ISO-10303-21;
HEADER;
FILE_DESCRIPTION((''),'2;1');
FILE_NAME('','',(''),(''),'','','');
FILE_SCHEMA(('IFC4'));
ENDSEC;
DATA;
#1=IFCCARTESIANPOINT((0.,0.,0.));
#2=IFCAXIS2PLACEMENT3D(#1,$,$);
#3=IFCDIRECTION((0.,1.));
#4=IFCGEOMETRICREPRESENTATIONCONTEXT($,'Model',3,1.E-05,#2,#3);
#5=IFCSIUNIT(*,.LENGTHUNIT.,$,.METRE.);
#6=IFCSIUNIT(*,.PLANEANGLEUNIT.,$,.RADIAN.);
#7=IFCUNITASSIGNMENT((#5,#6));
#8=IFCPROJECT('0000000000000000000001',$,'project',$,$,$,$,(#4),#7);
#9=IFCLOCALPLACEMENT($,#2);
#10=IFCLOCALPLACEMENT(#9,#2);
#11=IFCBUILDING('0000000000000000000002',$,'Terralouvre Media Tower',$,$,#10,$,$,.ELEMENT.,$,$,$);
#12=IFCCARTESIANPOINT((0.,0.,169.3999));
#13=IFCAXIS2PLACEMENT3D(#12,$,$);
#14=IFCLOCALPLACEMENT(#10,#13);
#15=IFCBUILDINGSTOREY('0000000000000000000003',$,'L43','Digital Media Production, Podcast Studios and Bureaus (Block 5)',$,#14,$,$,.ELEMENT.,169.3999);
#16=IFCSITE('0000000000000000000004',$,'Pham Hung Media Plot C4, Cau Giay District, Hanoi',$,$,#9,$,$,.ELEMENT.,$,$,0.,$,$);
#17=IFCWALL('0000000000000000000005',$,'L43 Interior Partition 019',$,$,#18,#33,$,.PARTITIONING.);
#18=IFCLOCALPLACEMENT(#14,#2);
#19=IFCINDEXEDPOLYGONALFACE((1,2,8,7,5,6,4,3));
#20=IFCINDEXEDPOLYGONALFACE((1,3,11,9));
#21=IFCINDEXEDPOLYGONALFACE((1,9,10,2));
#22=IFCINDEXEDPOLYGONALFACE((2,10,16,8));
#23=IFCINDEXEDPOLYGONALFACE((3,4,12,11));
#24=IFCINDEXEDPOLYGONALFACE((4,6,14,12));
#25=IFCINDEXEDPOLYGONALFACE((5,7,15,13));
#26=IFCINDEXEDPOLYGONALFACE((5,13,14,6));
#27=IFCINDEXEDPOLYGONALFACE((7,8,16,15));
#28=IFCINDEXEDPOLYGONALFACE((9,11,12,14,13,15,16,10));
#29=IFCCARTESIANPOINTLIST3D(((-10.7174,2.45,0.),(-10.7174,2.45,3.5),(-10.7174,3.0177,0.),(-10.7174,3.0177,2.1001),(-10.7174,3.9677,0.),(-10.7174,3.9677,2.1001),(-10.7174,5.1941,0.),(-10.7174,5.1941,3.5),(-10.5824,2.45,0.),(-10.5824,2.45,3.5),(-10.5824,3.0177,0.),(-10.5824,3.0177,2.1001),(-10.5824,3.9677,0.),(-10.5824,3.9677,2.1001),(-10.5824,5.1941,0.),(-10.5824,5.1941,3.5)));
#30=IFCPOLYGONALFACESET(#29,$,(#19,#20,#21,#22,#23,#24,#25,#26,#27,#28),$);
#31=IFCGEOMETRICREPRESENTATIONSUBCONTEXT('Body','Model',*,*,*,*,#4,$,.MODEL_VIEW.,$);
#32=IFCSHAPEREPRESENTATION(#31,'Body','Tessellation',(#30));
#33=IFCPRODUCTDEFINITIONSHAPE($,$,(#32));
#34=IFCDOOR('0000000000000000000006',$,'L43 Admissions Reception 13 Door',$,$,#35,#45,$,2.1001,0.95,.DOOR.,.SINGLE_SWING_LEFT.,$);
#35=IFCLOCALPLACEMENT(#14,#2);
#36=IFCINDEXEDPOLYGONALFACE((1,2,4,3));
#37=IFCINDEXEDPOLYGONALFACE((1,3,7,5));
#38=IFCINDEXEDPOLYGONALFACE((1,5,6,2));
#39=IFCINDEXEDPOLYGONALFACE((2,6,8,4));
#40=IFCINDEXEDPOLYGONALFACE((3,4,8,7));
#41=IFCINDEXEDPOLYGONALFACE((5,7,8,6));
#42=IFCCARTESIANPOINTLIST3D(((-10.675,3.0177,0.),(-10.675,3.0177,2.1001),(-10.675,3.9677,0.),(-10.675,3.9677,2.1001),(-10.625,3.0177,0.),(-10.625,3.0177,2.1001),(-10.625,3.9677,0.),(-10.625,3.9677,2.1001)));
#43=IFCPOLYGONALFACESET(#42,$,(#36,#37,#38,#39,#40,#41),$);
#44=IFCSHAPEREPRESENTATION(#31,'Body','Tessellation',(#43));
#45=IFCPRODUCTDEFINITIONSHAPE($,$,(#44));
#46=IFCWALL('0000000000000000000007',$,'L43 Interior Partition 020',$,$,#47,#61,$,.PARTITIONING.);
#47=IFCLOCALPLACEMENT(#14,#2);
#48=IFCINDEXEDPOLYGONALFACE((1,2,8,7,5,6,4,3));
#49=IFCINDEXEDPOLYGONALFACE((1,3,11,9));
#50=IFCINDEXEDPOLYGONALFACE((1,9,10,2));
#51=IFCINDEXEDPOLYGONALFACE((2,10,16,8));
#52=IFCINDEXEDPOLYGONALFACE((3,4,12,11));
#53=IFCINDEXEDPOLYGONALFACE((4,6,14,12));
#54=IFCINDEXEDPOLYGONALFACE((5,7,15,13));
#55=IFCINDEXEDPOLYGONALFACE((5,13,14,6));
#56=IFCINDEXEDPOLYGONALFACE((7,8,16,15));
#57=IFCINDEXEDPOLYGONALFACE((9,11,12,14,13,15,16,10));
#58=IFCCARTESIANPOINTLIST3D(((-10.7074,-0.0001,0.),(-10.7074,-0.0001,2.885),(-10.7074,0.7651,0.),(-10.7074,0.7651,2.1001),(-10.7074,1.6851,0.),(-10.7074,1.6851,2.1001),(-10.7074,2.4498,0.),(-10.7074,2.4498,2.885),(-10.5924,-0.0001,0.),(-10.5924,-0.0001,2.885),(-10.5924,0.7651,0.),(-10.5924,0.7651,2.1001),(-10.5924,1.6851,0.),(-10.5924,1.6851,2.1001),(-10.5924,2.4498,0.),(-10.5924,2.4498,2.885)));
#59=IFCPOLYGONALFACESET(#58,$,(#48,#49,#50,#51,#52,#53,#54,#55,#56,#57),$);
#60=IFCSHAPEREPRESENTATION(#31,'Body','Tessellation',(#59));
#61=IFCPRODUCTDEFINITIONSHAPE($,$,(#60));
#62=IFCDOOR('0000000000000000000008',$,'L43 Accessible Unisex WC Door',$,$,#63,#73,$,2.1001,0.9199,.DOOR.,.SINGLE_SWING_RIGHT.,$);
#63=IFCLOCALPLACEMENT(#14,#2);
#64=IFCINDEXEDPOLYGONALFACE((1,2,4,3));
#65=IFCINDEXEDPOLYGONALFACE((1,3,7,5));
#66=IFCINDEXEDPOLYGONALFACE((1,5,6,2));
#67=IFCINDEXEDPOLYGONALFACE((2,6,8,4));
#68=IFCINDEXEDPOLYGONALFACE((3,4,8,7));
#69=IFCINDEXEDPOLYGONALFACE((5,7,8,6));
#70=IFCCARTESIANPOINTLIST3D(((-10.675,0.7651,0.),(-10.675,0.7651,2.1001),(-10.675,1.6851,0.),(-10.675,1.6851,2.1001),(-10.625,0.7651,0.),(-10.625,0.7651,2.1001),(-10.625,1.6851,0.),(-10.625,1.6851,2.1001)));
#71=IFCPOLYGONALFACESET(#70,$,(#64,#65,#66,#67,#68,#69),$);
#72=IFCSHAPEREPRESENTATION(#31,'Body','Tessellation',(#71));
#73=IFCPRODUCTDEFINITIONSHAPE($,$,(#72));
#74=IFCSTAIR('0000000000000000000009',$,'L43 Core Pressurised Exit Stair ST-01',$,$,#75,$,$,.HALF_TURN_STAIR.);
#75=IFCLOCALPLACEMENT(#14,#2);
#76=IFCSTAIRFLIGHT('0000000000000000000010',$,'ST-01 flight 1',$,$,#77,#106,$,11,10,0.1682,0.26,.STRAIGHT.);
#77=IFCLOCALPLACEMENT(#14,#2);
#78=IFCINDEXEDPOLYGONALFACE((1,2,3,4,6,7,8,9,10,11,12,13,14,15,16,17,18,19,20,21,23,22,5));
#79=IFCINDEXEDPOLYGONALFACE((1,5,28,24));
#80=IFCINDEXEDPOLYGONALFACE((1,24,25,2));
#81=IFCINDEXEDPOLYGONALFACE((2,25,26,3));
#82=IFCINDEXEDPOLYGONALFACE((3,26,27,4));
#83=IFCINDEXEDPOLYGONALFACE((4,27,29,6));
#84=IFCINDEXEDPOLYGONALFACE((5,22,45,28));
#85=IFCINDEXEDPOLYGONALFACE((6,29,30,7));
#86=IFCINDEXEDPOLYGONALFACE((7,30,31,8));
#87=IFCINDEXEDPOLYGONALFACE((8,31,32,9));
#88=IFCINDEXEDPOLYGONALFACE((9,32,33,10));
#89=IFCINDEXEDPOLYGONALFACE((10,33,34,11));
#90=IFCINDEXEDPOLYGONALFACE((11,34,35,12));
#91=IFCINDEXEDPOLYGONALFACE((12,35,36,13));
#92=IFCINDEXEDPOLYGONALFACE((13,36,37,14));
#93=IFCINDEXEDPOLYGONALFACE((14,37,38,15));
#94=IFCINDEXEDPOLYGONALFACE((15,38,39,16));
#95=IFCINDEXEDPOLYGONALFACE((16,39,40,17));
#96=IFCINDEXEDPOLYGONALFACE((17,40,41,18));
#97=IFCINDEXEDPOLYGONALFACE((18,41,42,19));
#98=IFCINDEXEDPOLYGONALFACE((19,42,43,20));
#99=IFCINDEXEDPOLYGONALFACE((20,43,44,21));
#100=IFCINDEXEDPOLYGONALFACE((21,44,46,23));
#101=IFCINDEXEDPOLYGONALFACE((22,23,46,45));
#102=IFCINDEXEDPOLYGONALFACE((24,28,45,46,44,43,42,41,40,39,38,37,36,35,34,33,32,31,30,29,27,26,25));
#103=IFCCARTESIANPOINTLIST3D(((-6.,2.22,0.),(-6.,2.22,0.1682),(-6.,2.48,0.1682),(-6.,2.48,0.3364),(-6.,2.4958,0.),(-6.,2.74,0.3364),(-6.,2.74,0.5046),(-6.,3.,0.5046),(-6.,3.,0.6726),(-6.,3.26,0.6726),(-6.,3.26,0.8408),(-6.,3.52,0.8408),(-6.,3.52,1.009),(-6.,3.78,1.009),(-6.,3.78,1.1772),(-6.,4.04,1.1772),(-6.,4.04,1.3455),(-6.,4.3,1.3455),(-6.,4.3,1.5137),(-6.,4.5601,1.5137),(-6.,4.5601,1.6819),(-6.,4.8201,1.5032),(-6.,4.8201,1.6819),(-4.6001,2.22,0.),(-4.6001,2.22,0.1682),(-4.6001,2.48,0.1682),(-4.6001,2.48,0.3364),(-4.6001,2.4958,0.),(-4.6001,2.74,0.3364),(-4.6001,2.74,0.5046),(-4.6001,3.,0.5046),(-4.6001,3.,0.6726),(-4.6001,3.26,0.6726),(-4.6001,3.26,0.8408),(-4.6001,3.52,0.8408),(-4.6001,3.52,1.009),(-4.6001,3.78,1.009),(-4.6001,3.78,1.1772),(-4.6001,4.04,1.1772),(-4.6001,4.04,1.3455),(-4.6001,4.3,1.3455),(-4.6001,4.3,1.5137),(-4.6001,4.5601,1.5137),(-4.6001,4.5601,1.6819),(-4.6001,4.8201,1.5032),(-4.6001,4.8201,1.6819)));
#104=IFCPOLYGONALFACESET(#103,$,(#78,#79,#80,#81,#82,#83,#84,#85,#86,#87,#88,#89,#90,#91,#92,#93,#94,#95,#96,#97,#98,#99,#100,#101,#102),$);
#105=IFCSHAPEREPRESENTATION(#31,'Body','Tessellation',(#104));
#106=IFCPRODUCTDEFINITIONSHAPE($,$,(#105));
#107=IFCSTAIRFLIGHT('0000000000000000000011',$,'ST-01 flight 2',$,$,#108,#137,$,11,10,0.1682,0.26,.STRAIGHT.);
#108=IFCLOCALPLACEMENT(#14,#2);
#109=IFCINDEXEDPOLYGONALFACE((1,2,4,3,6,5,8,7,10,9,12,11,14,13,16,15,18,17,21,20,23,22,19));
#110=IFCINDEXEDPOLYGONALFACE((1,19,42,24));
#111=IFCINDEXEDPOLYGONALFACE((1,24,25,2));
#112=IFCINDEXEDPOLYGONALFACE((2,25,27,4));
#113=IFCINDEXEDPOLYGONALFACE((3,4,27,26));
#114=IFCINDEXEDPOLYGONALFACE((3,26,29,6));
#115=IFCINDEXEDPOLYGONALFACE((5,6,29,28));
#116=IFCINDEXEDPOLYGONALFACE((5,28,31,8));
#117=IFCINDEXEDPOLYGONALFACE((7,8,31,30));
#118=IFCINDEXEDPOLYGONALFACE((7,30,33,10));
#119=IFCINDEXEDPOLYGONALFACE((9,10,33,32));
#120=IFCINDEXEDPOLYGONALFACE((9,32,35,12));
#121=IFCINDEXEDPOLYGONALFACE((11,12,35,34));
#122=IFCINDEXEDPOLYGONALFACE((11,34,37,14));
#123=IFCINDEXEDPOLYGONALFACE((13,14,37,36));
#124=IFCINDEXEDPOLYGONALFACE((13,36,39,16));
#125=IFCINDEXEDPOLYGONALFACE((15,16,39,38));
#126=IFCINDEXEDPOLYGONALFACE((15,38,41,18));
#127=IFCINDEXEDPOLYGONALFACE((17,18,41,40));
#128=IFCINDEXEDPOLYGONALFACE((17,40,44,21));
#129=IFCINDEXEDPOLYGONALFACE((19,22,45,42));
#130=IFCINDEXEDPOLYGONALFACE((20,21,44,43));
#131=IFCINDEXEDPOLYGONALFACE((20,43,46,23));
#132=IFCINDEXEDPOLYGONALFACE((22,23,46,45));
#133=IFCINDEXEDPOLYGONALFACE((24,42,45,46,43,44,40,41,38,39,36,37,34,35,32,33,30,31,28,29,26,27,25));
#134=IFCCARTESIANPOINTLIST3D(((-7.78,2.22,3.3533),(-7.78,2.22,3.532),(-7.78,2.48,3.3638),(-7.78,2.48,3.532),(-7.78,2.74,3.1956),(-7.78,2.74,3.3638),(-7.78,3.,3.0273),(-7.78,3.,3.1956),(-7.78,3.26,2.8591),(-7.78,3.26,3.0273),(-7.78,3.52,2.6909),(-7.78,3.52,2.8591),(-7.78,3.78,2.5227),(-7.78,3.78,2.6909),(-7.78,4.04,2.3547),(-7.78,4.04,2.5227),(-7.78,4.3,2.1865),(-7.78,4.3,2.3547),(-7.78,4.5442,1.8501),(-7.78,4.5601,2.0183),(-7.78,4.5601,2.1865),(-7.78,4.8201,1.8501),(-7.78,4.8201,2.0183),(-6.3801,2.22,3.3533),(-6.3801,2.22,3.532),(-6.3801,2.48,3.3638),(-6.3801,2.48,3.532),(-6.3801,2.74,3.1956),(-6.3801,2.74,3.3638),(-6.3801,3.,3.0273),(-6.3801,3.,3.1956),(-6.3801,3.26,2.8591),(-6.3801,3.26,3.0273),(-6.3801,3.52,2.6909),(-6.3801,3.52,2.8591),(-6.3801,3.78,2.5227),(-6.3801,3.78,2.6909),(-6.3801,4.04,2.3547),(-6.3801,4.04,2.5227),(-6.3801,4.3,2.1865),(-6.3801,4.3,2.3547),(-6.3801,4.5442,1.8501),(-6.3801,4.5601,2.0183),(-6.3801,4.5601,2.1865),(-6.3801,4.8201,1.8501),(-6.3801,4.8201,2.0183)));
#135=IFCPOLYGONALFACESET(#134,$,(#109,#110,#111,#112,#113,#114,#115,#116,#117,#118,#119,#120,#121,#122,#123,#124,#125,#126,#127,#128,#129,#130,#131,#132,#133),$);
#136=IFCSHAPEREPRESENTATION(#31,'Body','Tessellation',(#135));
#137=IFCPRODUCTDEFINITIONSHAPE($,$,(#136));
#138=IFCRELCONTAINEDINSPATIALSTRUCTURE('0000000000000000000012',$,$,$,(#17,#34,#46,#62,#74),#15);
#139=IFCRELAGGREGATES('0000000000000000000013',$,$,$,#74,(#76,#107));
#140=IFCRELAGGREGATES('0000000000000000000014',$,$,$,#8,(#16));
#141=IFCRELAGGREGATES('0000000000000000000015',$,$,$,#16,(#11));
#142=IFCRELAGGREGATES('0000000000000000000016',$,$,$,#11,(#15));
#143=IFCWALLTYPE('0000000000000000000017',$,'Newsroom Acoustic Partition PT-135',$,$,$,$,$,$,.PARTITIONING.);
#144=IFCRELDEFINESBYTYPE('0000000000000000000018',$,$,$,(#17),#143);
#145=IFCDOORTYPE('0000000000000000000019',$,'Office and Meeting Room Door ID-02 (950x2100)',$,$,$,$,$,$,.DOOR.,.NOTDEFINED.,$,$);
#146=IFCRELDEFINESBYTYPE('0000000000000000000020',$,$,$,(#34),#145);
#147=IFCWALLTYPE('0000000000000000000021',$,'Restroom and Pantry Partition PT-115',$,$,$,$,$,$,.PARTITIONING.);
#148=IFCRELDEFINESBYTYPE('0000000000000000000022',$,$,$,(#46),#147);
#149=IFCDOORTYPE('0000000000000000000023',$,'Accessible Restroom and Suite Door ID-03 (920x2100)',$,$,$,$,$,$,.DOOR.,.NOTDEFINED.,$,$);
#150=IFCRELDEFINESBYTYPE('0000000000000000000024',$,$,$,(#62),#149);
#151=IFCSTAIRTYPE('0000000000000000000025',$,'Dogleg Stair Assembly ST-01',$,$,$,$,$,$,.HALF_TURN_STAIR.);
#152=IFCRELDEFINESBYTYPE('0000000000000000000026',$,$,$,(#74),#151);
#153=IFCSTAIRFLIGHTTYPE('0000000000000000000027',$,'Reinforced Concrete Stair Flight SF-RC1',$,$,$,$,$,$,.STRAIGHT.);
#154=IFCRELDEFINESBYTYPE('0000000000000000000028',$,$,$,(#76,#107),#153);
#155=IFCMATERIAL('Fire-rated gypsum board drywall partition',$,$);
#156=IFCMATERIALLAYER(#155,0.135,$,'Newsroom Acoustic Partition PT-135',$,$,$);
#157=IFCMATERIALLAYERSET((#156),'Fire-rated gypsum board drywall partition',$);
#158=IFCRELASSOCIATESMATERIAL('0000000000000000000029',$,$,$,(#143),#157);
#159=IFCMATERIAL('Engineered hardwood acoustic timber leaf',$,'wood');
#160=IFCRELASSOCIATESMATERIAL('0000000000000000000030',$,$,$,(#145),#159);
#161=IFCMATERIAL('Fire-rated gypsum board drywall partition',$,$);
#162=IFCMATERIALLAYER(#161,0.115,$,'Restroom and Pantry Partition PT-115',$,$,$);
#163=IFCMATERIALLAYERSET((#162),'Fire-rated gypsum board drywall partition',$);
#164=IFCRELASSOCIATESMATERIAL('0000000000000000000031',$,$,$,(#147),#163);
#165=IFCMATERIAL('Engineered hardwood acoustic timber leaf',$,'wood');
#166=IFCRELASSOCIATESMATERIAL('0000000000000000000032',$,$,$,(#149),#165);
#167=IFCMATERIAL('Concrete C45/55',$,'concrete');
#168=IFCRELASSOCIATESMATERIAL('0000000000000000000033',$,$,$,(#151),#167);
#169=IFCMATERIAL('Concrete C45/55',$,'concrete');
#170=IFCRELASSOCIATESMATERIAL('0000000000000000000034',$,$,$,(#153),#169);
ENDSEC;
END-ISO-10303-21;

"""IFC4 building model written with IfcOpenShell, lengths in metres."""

from ifc_helpers import new_model, si_unit, direction, frame, frame_2d, origin, place, context, subcontext, project, spatial, polyline, rectangle, outline, extrude, material, layer, layer_set, type_object, element, fill, aggregate, save


model = new_model("IFC4")

# Units and contexts
model_context = context("Model", 3, precision=1e-05, world=origin(), true_north=direction((0.0, 1.0)))
body_context = subcontext(model_context, "Body", "Model", "MODEL_VIEW")
ifc_project = project(units=[si_unit("LENGTHUNIT", "METRE"), si_unit("PLANEANGLEUNIT", "RADIAN")], contexts=[model_context])

# Site, building, storey
site_placement = place(None, origin())
site = spatial("IfcSite", under=ifc_project, at=site_placement, Name="Pham Hung Media Plot C4, Cau Giay District, Hanoi", CompositionType="ELEMENT", RefElevation=0.0)
building_placement = place(site_placement, origin())
building = spatial("IfcBuilding", under=site, at=building_placement, Name="Terralouvre Media Tower", CompositionType="ELEMENT")
storey_placement = place(building_placement, frame((0.0, 0.0, 169.3999)))
storey = spatial("IfcBuildingStorey", under=building, at=storey_placement, Name="L43", Description="Digital Media Production, Podcast Studios and Bureaus (Block 5)", CompositionType="ELEMENT", Elevation=169.3999)

# Walls, openings, doors
ifc_material_1 = material(Name="Fire-rated gypsum board drywall partition")
ifc_layer_1 = layer(ifc_material_1, 0.135, Name="Newsroom Acoustic Partition PT-135")
ifc_layer_set_1 = layer_set([ifc_layer_1], Name="Fire-rated gypsum board drywall partition")
wall_type_1 = type_object("IfcWallType", Name="Newsroom Acoustic Partition PT-135", PredefinedType="PARTITIONING", material=ifc_layer_set_1)
wall_1_placement = place(storey_placement, frame((-10.6499, 5.1941, 0.0), z_axis=(0.0, 0.0, 1.0), x_axis=(0.0, -1.0, 0.0)))
wall_1 = element("IfcWall", 1, at=wall_1_placement, inside=storey, type_object=wall_type_1, Name="L43 Interior Partition 019", PredefinedType="PARTITIONING", context=body_context, shape_type="SweptSolid", body=[
    extrude(rectangle(XDim=2.7441, YDim=0.135, at=frame_2d((1.3721, 0.0))), origin(), (0.0, 0.0, 1.0), 3.5),
])
opening_1_placement = place(wall_1_placement, frame((1.2263, 0.0, 0.0)))
opening_1 = element("IfcOpeningElement", 2, at=opening_1_placement, cuts=wall_1, PredefinedType="OPENING", context=body_context, shape_type="SweptSolid", body=[
    extrude(rectangle(XDim=0.95, YDim=2.1001, at=frame_2d((0.4751, 1.05))), frame((0.0, 0.0774, 0.0), z_axis=(0.0, -1.0, 0.0), x_axis=(1.0, 0.0, 0.0)), (0.0, 0.0, 1.0), 0.155),
])
ifc_material_2 = material(Name="Engineered hardwood acoustic timber leaf", Category="wood")
door_type_1 = type_object("IfcDoorType", Name="Office and Meeting Room Door ID-02 (950x2100)", OperationType="NOTDEFINED", PredefinedType="DOOR", material=ifc_material_2)
door_1_placement = place(opening_1_placement, origin())
door_1 = element("IfcDoor", 3, at=door_1_placement, inside=storey, type_object=door_type_1, Name="L43 Admissions Reception 13 Door", OperationType="SINGLE_SWING_LEFT", OverallHeight=2.1001, OverallWidth=0.95, PredefinedType="DOOR", context=body_context, shape_type="SweptSolid", body=[
    extrude(rectangle(XDim=0.95, YDim=2.1001, at=frame_2d((0.4751, 1.05))), frame((0.0, 0.0249, 0.0), z_axis=(0.0, -1.0, 0.0), x_axis=(1.0, 0.0, 0.0)), (0.0, 0.0, 1.0), 0.05),
])
fill(opening_1, door_1)
ifc_material_3 = material(Name="Fire-rated gypsum board drywall partition")
ifc_layer_2 = layer(ifc_material_3, 0.115, Name="Restroom and Pantry Partition PT-115")
ifc_layer_set_2 = layer_set([ifc_layer_2], Name="Fire-rated gypsum board drywall partition")
wall_type_2 = type_object("IfcWallType", Name="Restroom and Pantry Partition PT-115", PredefinedType="PARTITIONING", material=ifc_layer_set_2)
wall_2_placement = place(storey_placement, frame((-10.6499, 2.45, 0.0), z_axis=(0.0, 0.0, 1.0), x_axis=(0.0, -1.0, 0.0)))
wall_2 = element("IfcWall", 4, at=wall_2_placement, inside=storey, type_object=wall_type_2, Name="L43 Interior Partition 020", PredefinedType="PARTITIONING", context=body_context, shape_type="SweptSolid", body=[
    extrude(rectangle(XDim=2.45, YDim=0.115, at=frame_2d((1.2251, 0.0))), origin(), (0.0, 0.0, 1.0), 2.885),
])
opening_2_placement = place(wall_2_placement, frame((0.7649, 0.0, 0.0)))
opening_2 = element("IfcOpeningElement", 5, at=opening_2_placement, cuts=wall_2, PredefinedType="OPENING", context=body_context, shape_type="SweptSolid", body=[
    extrude(rectangle(XDim=0.9199, YDim=2.1001, at=frame_2d((0.46, 1.05))), frame((0.0, 0.0674, 0.0), z_axis=(0.0, -1.0, 0.0), x_axis=(1.0, 0.0, 0.0)), (0.0, 0.0, 1.0), 0.135),
])
ifc_material_4 = material(Name="Engineered hardwood acoustic timber leaf", Category="wood")
door_type_2 = type_object("IfcDoorType", Name="Accessible Restroom and Suite Door ID-03 (920x2100)", OperationType="NOTDEFINED", PredefinedType="DOOR", material=ifc_material_4)
door_2_placement = place(opening_2_placement, origin())
door_2 = element("IfcDoor", 6, at=door_2_placement, inside=storey, type_object=door_type_2, Name="L43 Accessible Unisex WC Door", OperationType="SINGLE_SWING_RIGHT", OverallHeight=2.1001, OverallWidth=0.9199, PredefinedType="DOOR", context=body_context, shape_type="SweptSolid", body=[
    extrude(rectangle(XDim=0.9199, YDim=2.1001, at=frame_2d((0.46, 1.05))), frame((0.0, 0.0249, 0.0), z_axis=(0.0, -1.0, 0.0), x_axis=(1.0, 0.0, 0.0)), (0.0, 0.0, 1.0), 0.05),
])
fill(opening_2, door_2)

# Stair, stair flights
ifc_material_5 = material(Name="Concrete C45/55", Category="concrete")
stair_type = type_object("IfcStairType", Name="Dogleg Stair Assembly ST-01", PredefinedType="HALF_TURN_STAIR", material=ifc_material_5)
stair_placement = place(storey_placement, origin())
stair = element("IfcStair", 7, at=stair_placement, inside=storey, type_object=stair_type, Name="L43 Core Pressurised Exit Stair ST-01", PredefinedType="HALF_TURN_STAIR")
ifc_material_6 = material(Name="Concrete C45/55", Category="concrete")
stair_flight_type = type_object("IfcStairFlightType", Name="Reinforced Concrete Stair Flight SF-RC1", PredefinedType="STRAIGHT", material=ifc_material_6)
stair_flight_1_placement = place(storey_placement, frame((-5.3, 2.22, 0.0), z_axis=(0.0, 0.0, 1.0), x_axis=(0.0, 1.0, 0.0)))
stair_flight_1 = element("IfcStairFlight", 8, at=stair_flight_1_placement, type_object=stair_flight_type, Name="ST-01 flight 1", NumberOfRisers=11, NumberOfTreads=10, PredefinedType="STRAIGHT", RiserHeight=0.1682, TreadLength=0.26, context=body_context, shape_type="SweptSolid", body=[
    extrude(outline(polyline([(0.0, 0.0), (0.0, 0.1682), (0.26, 0.1682), (0.26, 0.3364), (0.52, 0.3364), (0.52, 0.5046), (0.78, 0.5046), (0.78, 0.6726), (1.04, 0.6726), (1.04, 0.8408), (1.3, 0.8408), (1.3, 1.009), (1.5601, 1.009), (1.5601, 1.1772), (1.8201, 1.1772), (1.8201, 1.3455), (2.0801, 1.3455), (2.0801, 1.5137), (2.3401, 1.5137), (2.3401, 1.6819), (2.6001, 1.6819), (2.6001, 1.8501), (2.6001, 1.5032), (0.2759, 0.0), (0.0, 0.0)])), frame((0.0, 0.7, 0.0), z_axis=(0.0, -1.0, 0.0), x_axis=(1.0, 0.0, 0.0)), (0.0, 0.0, 1.0), 1.3999),
])
stair_flight_2_placement = place(storey_placement, frame((-7.0801, 4.8201, 1.8501), z_axis=(0.0, 0.0, 1.0), x_axis=(0.0, -1.0, 0.0)))
stair_flight_2 = element("IfcStairFlight", 9, at=stair_flight_2_placement, type_object=stair_flight_type, Name="ST-01 flight 2", NumberOfRisers=11, NumberOfTreads=10, PredefinedType="STRAIGHT", RiserHeight=0.1682, TreadLength=0.26, context=body_context, shape_type="SweptSolid", body=[
    extrude(outline(polyline([(0.0, 0.0), (0.0, 0.1682), (0.26, 0.1682), (0.26, 0.3364), (0.52, 0.3364), (0.52, 0.5046), (0.78, 0.5046), (0.78, 0.6726), (1.04, 0.6726), (1.04, 0.8408), (1.3, 0.8408), (1.3, 1.009), (1.5601, 1.009), (1.5601, 1.1772), (1.8201, 1.1772), (1.8201, 1.3455), (2.0801, 1.3455), (2.0801, 1.5137), (2.3401, 1.5137), (2.3401, 1.6819), (2.6001, 1.6819), (2.6001, 1.8501), (2.6001, 1.5032), (0.2759, 0.0), (0.0, 0.0)])), frame((0.0, 0.7, 0.0), z_axis=(0.0, -1.0, 0.0), x_axis=(1.0, 0.0, 0.0)), (0.0, 0.0, 1.0), 1.3999),
])
aggregate(stair, [stair_flight_1, stair_flight_2])

save(model, "model.ifc")
